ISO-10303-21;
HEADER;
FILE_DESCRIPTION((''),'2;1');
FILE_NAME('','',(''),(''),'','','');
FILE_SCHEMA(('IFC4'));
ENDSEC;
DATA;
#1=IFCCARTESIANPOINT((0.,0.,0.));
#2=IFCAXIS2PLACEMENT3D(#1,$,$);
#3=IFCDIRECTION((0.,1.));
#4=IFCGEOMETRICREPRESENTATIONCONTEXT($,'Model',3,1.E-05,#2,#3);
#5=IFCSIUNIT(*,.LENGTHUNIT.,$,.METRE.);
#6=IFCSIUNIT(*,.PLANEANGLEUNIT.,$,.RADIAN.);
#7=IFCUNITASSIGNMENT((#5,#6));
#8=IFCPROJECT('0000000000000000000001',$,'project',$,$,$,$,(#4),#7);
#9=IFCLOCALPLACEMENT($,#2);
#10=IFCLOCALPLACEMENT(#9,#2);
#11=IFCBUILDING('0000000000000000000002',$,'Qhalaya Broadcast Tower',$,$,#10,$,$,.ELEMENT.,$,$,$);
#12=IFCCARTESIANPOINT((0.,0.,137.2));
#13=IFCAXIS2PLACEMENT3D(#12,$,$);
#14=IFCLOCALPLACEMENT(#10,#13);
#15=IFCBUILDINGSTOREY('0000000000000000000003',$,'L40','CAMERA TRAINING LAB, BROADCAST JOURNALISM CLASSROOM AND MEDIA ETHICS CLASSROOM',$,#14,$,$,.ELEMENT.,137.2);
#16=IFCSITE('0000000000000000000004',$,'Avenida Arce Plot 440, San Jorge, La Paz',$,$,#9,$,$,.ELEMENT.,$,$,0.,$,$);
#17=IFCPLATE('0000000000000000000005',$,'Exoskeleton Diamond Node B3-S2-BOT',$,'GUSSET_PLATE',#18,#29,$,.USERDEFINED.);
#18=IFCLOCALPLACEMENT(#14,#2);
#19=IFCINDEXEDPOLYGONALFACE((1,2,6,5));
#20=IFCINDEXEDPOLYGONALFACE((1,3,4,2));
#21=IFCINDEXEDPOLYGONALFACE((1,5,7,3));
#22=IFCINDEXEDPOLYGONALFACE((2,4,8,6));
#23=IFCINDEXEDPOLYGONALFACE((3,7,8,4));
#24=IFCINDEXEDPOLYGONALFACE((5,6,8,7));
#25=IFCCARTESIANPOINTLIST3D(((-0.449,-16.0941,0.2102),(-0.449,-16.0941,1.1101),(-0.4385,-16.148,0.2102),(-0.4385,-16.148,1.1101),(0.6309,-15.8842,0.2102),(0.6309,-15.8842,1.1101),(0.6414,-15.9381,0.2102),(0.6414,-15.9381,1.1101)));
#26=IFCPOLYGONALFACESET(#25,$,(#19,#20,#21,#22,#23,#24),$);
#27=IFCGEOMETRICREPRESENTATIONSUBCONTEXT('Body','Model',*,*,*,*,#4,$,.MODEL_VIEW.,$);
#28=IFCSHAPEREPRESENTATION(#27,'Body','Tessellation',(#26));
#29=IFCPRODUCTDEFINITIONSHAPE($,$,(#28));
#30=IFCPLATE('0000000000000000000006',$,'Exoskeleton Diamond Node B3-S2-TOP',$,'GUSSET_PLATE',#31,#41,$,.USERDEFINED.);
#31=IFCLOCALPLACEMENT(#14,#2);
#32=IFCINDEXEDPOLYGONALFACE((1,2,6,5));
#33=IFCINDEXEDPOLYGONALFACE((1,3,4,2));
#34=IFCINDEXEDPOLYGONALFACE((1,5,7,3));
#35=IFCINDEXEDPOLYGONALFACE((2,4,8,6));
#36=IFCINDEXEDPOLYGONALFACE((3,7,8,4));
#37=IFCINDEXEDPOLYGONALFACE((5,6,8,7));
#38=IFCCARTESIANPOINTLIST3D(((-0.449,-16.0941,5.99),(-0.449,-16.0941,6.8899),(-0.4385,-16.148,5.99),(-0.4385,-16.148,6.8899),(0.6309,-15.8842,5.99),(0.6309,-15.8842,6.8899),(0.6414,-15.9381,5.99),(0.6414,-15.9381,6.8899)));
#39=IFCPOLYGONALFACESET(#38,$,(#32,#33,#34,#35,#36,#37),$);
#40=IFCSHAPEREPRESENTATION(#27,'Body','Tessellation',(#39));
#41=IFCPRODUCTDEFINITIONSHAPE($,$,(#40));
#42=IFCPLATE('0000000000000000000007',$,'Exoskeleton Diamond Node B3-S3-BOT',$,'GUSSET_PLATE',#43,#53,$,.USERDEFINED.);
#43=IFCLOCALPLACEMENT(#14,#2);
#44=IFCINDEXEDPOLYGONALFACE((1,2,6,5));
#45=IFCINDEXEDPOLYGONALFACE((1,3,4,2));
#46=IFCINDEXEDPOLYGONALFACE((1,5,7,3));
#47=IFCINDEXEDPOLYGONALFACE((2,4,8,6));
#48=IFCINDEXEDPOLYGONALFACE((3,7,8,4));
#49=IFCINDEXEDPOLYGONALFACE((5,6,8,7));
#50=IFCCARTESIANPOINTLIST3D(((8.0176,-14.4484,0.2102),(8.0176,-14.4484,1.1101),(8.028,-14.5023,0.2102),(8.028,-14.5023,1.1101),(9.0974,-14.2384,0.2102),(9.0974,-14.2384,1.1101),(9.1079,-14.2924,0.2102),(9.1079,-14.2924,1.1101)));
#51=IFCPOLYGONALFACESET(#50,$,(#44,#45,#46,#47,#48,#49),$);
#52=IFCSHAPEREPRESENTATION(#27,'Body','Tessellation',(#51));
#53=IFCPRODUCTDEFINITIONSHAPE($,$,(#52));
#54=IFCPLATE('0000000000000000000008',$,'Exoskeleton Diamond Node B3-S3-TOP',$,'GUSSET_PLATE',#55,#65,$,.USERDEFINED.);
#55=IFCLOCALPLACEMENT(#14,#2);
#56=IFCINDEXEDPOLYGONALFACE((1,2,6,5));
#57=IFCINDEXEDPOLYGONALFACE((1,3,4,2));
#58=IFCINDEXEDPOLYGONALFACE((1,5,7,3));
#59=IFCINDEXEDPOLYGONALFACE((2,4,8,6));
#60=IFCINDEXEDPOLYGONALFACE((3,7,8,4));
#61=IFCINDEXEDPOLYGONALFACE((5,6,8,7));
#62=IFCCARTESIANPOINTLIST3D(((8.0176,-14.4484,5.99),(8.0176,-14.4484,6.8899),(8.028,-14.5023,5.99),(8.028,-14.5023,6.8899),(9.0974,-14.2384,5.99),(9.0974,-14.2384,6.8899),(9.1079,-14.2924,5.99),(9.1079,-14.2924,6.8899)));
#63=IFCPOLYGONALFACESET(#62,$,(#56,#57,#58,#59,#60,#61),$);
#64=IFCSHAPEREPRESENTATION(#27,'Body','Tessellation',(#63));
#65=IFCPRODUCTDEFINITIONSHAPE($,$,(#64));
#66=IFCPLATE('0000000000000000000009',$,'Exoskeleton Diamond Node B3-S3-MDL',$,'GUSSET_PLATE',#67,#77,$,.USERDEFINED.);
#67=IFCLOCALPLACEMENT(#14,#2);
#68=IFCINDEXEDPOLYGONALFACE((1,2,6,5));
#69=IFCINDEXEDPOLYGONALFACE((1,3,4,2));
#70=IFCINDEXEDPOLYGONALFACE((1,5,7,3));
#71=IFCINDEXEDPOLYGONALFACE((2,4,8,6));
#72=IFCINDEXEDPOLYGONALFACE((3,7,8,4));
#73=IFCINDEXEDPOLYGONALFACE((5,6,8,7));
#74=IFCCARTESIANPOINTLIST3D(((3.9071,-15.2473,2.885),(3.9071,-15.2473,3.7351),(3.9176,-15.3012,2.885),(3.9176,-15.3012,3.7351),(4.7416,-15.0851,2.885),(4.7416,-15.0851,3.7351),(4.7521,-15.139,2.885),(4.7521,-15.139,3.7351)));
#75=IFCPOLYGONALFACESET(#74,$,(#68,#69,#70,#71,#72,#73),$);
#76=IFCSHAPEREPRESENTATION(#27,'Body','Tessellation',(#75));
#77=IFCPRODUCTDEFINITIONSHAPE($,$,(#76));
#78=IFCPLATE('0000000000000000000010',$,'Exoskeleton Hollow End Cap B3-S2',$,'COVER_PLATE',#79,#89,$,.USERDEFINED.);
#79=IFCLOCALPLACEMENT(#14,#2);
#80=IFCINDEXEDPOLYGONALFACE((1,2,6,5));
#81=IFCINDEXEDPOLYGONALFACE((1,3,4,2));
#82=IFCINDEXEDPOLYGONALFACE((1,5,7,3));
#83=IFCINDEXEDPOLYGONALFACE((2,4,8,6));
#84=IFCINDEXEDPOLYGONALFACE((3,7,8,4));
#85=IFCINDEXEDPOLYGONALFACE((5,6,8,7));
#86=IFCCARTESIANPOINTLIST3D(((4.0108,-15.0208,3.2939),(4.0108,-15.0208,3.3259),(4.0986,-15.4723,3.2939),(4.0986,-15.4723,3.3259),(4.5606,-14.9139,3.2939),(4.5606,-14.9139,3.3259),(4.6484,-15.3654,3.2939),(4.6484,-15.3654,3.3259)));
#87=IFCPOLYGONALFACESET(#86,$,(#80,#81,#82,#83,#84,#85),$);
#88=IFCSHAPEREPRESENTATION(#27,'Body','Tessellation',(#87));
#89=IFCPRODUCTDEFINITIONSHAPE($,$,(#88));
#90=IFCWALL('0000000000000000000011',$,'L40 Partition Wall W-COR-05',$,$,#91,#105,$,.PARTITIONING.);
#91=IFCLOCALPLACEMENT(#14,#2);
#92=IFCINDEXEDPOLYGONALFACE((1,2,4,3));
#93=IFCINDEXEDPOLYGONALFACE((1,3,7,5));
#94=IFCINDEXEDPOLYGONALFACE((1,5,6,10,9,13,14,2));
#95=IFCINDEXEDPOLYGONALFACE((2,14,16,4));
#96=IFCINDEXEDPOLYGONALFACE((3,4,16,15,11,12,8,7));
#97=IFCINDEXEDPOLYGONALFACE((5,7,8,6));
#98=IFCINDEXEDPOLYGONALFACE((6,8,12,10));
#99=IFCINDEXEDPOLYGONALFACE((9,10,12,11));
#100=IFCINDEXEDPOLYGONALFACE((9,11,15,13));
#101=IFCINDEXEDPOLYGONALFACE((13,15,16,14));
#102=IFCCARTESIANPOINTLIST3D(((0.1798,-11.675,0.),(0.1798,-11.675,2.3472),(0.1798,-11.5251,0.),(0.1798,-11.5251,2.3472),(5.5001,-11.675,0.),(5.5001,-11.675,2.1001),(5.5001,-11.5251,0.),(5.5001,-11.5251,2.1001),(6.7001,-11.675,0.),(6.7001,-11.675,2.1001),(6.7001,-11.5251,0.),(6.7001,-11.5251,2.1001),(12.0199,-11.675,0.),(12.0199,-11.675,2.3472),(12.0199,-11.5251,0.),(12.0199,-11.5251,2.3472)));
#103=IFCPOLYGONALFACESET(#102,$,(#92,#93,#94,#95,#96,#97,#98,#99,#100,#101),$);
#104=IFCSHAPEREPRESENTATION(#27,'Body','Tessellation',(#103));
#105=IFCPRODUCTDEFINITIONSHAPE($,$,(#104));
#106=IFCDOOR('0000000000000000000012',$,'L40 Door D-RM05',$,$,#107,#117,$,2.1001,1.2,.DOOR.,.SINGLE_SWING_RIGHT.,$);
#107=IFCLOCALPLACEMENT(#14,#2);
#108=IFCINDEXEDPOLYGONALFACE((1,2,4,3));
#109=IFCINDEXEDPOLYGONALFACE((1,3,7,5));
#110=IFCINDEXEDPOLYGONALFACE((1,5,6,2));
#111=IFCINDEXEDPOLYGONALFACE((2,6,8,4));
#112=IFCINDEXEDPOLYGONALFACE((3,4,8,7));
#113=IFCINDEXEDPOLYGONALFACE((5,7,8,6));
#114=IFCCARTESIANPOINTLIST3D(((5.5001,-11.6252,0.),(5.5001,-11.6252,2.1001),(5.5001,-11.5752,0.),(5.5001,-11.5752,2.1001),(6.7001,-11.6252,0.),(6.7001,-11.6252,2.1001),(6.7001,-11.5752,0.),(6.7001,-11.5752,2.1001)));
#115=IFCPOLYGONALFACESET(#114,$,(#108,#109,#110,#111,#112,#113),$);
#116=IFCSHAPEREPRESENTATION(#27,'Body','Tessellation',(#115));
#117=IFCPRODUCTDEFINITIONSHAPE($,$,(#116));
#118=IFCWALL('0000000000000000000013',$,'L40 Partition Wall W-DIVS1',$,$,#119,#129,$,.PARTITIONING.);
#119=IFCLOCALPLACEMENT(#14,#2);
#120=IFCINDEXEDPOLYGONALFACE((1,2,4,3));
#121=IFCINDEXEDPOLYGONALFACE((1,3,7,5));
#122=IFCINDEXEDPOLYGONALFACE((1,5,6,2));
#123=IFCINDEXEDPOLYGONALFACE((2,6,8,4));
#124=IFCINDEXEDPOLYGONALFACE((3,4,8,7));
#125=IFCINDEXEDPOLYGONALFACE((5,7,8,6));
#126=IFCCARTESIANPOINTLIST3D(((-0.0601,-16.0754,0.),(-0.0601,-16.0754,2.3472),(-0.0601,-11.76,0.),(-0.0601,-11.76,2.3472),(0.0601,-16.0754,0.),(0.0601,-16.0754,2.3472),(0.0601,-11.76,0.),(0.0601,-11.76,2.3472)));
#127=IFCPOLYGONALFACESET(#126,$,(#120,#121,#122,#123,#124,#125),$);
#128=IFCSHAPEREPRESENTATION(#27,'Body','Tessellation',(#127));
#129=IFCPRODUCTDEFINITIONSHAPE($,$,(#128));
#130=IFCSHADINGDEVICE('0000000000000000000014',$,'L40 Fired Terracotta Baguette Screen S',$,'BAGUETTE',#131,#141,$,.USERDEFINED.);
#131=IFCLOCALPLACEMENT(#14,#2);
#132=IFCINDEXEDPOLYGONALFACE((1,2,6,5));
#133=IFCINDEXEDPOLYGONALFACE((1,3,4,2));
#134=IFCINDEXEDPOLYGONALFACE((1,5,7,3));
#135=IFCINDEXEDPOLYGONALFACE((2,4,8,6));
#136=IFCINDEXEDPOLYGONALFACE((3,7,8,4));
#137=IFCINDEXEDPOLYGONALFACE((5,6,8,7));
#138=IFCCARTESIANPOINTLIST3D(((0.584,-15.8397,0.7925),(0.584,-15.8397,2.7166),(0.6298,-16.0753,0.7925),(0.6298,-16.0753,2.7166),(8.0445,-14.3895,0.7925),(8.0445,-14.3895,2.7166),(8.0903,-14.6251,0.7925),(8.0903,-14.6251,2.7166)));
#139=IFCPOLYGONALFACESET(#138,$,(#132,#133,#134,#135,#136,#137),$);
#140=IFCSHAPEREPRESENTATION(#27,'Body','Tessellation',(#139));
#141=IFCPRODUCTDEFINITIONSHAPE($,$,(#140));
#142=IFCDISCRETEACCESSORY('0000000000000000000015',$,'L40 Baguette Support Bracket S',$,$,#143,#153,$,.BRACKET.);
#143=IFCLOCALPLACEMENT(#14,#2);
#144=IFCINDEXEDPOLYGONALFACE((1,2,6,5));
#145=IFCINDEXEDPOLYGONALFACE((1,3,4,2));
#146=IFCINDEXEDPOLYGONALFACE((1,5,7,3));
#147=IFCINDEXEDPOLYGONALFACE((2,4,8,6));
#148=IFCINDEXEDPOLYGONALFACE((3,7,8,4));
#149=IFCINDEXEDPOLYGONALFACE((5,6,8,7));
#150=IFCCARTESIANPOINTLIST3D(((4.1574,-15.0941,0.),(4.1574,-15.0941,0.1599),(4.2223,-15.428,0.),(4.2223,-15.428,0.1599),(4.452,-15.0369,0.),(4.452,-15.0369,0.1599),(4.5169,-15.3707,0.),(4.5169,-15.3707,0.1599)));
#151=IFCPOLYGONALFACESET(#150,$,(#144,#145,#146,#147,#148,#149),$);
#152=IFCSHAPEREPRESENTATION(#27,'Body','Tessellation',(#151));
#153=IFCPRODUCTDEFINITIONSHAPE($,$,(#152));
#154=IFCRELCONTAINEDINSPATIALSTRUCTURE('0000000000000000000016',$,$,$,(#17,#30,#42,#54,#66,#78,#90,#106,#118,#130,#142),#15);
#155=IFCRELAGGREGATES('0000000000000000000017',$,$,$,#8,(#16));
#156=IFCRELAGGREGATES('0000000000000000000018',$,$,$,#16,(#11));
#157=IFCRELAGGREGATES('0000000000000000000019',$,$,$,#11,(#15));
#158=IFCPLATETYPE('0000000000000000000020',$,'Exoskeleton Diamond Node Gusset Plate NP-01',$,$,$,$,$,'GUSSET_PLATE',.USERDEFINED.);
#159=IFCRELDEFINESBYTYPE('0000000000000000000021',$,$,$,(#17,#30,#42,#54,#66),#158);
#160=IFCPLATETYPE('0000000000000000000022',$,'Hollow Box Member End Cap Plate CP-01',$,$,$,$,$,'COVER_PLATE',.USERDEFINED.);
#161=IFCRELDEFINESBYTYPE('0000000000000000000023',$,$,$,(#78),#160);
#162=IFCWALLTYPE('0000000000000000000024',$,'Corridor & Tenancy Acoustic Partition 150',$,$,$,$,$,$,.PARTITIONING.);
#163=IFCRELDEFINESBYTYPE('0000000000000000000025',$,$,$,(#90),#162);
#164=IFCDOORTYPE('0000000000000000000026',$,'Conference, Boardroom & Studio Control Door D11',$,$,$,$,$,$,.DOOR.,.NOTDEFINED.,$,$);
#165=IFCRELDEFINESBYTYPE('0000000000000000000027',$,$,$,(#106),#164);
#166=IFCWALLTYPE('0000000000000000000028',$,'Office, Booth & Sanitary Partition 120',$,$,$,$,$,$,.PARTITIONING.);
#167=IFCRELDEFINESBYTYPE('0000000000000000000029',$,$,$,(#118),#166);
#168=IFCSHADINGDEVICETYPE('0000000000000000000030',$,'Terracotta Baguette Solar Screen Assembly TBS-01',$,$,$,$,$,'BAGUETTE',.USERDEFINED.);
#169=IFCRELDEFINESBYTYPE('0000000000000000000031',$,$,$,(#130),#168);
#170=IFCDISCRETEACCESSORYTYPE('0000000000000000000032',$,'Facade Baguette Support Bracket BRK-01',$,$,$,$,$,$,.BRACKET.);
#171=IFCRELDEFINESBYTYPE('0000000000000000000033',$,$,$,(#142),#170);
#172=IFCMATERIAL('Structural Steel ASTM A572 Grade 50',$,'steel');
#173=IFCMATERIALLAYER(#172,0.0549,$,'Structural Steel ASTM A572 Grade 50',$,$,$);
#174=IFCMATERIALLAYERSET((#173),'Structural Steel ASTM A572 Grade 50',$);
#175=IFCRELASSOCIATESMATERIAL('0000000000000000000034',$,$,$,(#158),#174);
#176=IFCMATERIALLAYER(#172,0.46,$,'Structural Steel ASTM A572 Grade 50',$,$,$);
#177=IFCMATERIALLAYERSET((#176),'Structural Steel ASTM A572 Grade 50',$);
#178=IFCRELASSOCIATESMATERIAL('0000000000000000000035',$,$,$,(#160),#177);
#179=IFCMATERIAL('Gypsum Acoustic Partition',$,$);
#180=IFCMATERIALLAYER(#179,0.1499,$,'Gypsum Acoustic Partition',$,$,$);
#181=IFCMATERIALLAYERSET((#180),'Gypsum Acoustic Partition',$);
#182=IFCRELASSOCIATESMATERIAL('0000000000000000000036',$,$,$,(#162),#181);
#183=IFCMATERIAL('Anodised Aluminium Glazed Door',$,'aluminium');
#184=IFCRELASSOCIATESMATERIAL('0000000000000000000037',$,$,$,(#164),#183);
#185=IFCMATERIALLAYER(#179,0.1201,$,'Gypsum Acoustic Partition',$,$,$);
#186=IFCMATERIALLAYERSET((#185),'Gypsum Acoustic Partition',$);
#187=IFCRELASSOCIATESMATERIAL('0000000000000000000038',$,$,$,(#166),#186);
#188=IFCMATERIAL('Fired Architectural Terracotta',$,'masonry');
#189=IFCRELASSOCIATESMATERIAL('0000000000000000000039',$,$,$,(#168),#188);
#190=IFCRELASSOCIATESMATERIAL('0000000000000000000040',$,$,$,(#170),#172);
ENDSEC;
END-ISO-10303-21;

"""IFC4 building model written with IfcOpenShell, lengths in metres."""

from ifc_helpers import new_model, si_unit, direction, frame, frame_2d, origin, origin_2d, place, context, subcontext, project, spatial, rectangle, extrude, material, layer, layer_set, type_object, element, fill, save


model = new_model("IFC4")

# Units and contexts
model_context = context("Model", 3, precision=1e-05, world=origin(), true_north=direction((0.0, 1.0)))
body_context = subcontext(model_context, "Body", "Model", "MODEL_VIEW")
ifc_project = project(units=[si_unit("LENGTHUNIT", "METRE"), si_unit("PLANEANGLEUNIT", "RADIAN")], contexts=[model_context])

# Site, building, storey
site_placement = place(None, origin())
site = spatial("IfcSite", under=ifc_project, at=site_placement, Name="Avenida Arce Plot 440, San Jorge, La Paz", CompositionType="ELEMENT", RefElevation=0.0)
building_placement = place(site_placement, origin())
building = spatial("IfcBuilding", under=site, at=building_placement, Name="Qhalaya Broadcast Tower", CompositionType="ELEMENT")
storey_placement = place(building_placement, frame((0.0, 0.0, 137.2)))
storey = spatial("IfcBuildingStorey", under=building, at=storey_placement, Name="L40", Description="CAMERA TRAINING LAB, BROADCAST JOURNALISM CLASSROOM AND MEDIA ETHICS CLASSROOM", CompositionType="ELEMENT", Elevation=137.2)

# Shared definitions
ifc_material_1 = material(Name="Structural Steel ASTM A572 Grade 50", Category="steel")

# Plates
ifc_layer_1 = layer(ifc_material_1, 0.0549, Name="Structural Steel ASTM A572 Grade 50")
ifc_layer_set_1 = layer_set([ifc_layer_1], Name="Structural Steel ASTM A572 Grade 50")
plate_type_1 = type_object("IfcPlateType", Name="Exoskeleton Diamond Node Gusset Plate NP-01", ElementType="GUSSET_PLATE", PredefinedType="USERDEFINED", material=ifc_layer_set_1)
for number, where, z_axis, x_axis, name in (
    (1, (0.0962, -16.0161, 0.2102), (0.0, 0.0, 1.0), (0.981627, 0.190809, 0.0), "Exoskeleton Diamond Node B3-S2-BOT"),
    (2, (0.0962, -16.0161, 5.99), (0.0, 0.0, 1.0), (0.981627, 0.190809, 0.0), "Exoskeleton Diamond Node B3-S2-TOP"),
    (3, (8.5627, -14.3704, 0.2102), (0.0, 0.0, 1.0), (0.981627, 0.190809, 0.0), "Exoskeleton Diamond Node B3-S3-BOT"),
    (4, (8.5627, -14.3704, 5.99), (0.0, 0.0, 1.0), (0.981627, 0.190809, 0.0), "Exoskeleton Diamond Node B3-S3-TOP"),
):
    element("IfcPlate", number, at=place(storey_placement, frame(where, z_axis=z_axis, x_axis=x_axis)), inside=storey, type_object=plate_type_1, Name=name, ObjectType="GUSSET_PLATE", PredefinedType="USERDEFINED", context=body_context, shape_type="SweptSolid", body=[
        extrude(rectangle(XDim=1.1001, YDim=0.0549, at=origin_2d()), origin(), (0.0, 0.0, 1.0), 0.8999),
    ])
plate_1_placement = place(storey_placement, frame((4.3296, -15.1931, 2.885), z_axis=(0.0, 0.0, 1.0), x_axis=(0.981627, 0.190809, 0.0)))
element("IfcPlate", 5, at=plate_1_placement, inside=storey, type_object=plate_type_1, Name="Exoskeleton Diamond Node B3-S3-MDL", ObjectType="GUSSET_PLATE", PredefinedType="USERDEFINED", context=body_context, shape_type="SweptSolid", body=[
    extrude(rectangle(XDim=0.8501, YDim=0.0549, at=origin_2d()), origin(), (0.0, 0.0, 1.0), 0.8501),
])
ifc_layer_2 = layer(ifc_material_1, 0.46, Name="Structural Steel ASTM A572 Grade 50")
ifc_layer_set_2 = layer_set([ifc_layer_2], Name="Structural Steel ASTM A572 Grade 50")
plate_type_2 = type_object("IfcPlateType", Name="Hollow Box Member End Cap Plate CP-01", ElementType="COVER_PLATE", PredefinedType="USERDEFINED", material=ifc_layer_set_2)
plate_2_placement = place(storey_placement, frame((4.3296, -15.1931, 3.2939), z_axis=(0.0, 0.0, 1.0), x_axis=(0.981627, 0.190809, 0.0)))
element("IfcPlate", 6, at=plate_2_placement, inside=storey, type_object=plate_type_2, Name="Exoskeleton Hollow End Cap B3-S2", ObjectType="COVER_PLATE", PredefinedType="USERDEFINED", context=body_context, shape_type="SweptSolid", body=[
    extrude(rectangle(XDim=0.5601, YDim=0.46, at=origin_2d()), origin(), (0.0, 0.0, 1.0), 0.032),
])

# Wall, opening, door
ifc_material_2 = material(Name="Gypsum Acoustic Partition")
ifc_layer_3 = layer(ifc_material_2, 0.1499, Name="Gypsum Acoustic Partition")
ifc_layer_set_3 = layer_set([ifc_layer_3], Name="Gypsum Acoustic Partition")
wall_type_1 = type_object("IfcWallType", Name="Corridor & Tenancy Acoustic Partition 150", PredefinedType="PARTITIONING", material=ifc_layer_set_3)
wall_1_placement = place(storey_placement, frame((0.1799, -11.6001, 0.0), z_axis=(0.0, 0.0, 1.0), x_axis=(1.0, 0.0, 0.0)))
wall_1 = element("IfcWall", 7, at=wall_1_placement, inside=storey, type_object=wall_type_1, Name="L40 Partition Wall W-COR-05", PredefinedType="PARTITIONING", context=body_context, shape_type="SweptSolid", body=[
    extrude(rectangle(XDim=11.8401, YDim=0.1499, at=frame_2d((5.9199, 0.0))), origin(), (0.0, 0.0, 1.0), 2.3472),
])
opening_placement = place(wall_1_placement, frame((5.3201, 0.0, 0.0)))
opening = element("IfcOpeningElement", 8, at=opening_placement, cuts=wall_1, PredefinedType="OPENING", context=body_context, shape_type="SweptSolid", body=[
    extrude(rectangle(XDim=1.2, YDim=2.1001, at=frame_2d((0.6001, 1.05))), frame((0.0, 0.0869, 0.0), z_axis=(0.0, -1.0, 0.0), x_axis=(1.0, 0.0, 0.0)), (0.0, 0.0, 1.0), 0.1738),
])
ifc_material_3 = material(Name="Anodised Aluminium Glazed Door", Category="aluminium")
door_type = type_object("IfcDoorType", Name="Conference, Boardroom & Studio Control Door D11", OperationType="NOTDEFINED", PredefinedType="DOOR", material=ifc_material_3)
door_placement = place(opening_placement, origin())
door = element("IfcDoor", 9, at=door_placement, inside=storey, type_object=door_type, Name="L40 Door D-RM05", OperationType="SINGLE_SWING_RIGHT", OverallHeight=2.1001, OverallWidth=1.2, PredefinedType="DOOR", context=body_context, shape_type="SweptSolid", body=[
    extrude(rectangle(XDim=1.2, YDim=2.1001, at=frame_2d((0.6001, 1.05))), frame((0.0, 0.0249, 0.0), z_axis=(0.0, -1.0, 0.0), x_axis=(1.0, 0.0, 0.0)), (0.0, 0.0, 1.0), 0.05),
])
fill(opening, door)

# Wall
ifc_layer_4 = layer(ifc_material_2, 0.1201, Name="Gypsum Acoustic Partition")
ifc_layer_set_4 = layer_set([ifc_layer_4], Name="Gypsum Acoustic Partition")
wall_type_2 = type_object("IfcWallType", Name="Office, Booth & Sanitary Partition 120", PredefinedType="PARTITIONING", material=ifc_layer_set_4)
wall_2_placement = place(storey_placement, frame((0.0, -16.0754, 0.0), z_axis=(0.0, 0.0, 1.0), x_axis=(0.0, 1.0, 0.0)))
element("IfcWall", 10, at=wall_2_placement, inside=storey, type_object=wall_type_2, Name="L40 Partition Wall W-DIVS1", PredefinedType="PARTITIONING", context=body_context, shape_type="SweptSolid", body=[
    extrude(rectangle(XDim=4.3154, YDim=0.1201, at=frame_2d((2.1577, 0.0))), origin(), (0.0, 0.0, 1.0), 2.3472),
])

# Shading device
ifc_material_4 = material(Name="Fired Architectural Terracotta", Category="masonry")
shading_device_type = type_object("IfcShadingDeviceType", Name="Terracotta Baguette Solar Screen Assembly TBS-01", ElementType="BAGUETTE", PredefinedType="USERDEFINED", material=ifc_material_4)
shading_device_placement = place(storey_placement, frame((4.3372, -15.2324, 0.7925), z_axis=(0.0, 0.0, 1.0), x_axis=(0.981627, 0.190809, 0.0)))
element("IfcShadingDevice", 11, at=shading_device_placement, inside=storey, type_object=shading_device_type, Name="L40 Fired Terracotta Baguette Screen S", ObjectType="BAGUETTE", PredefinedType="USERDEFINED", context=body_context, shape_type="SweptSolid", body=[
    extrude(rectangle(XDim=7.6001, YDim=0.24, at=origin_2d()), origin(), (0.0, 0.0, 1.0), 1.9241),
])

# Discrete accessory
discrete_accessory_type = type_object("IfcDiscreteAccessoryType", Name="Facade Baguette Support Bracket BRK-01", PredefinedType="BRACKET", material=ifc_material_1)
discrete_accessory_placement = place(storey_placement, frame((4.3372, -15.2324, 0.0), z_axis=(0.0, 0.0, 1.0), x_axis=(0.981627, 0.190809, 0.0)))
element("IfcDiscreteAccessory", 12, at=discrete_accessory_placement, inside=storey, type_object=discrete_accessory_type, Name="L40 Baguette Support Bracket S", PredefinedType="BRACKET", context=body_context, shape_type="SweptSolid", body=[
    extrude(rectangle(XDim=0.3, YDim=0.3401, at=origin_2d()), origin(), (0.0, 0.0, 1.0), 0.1599),
])

save(model, "model.ifc")
